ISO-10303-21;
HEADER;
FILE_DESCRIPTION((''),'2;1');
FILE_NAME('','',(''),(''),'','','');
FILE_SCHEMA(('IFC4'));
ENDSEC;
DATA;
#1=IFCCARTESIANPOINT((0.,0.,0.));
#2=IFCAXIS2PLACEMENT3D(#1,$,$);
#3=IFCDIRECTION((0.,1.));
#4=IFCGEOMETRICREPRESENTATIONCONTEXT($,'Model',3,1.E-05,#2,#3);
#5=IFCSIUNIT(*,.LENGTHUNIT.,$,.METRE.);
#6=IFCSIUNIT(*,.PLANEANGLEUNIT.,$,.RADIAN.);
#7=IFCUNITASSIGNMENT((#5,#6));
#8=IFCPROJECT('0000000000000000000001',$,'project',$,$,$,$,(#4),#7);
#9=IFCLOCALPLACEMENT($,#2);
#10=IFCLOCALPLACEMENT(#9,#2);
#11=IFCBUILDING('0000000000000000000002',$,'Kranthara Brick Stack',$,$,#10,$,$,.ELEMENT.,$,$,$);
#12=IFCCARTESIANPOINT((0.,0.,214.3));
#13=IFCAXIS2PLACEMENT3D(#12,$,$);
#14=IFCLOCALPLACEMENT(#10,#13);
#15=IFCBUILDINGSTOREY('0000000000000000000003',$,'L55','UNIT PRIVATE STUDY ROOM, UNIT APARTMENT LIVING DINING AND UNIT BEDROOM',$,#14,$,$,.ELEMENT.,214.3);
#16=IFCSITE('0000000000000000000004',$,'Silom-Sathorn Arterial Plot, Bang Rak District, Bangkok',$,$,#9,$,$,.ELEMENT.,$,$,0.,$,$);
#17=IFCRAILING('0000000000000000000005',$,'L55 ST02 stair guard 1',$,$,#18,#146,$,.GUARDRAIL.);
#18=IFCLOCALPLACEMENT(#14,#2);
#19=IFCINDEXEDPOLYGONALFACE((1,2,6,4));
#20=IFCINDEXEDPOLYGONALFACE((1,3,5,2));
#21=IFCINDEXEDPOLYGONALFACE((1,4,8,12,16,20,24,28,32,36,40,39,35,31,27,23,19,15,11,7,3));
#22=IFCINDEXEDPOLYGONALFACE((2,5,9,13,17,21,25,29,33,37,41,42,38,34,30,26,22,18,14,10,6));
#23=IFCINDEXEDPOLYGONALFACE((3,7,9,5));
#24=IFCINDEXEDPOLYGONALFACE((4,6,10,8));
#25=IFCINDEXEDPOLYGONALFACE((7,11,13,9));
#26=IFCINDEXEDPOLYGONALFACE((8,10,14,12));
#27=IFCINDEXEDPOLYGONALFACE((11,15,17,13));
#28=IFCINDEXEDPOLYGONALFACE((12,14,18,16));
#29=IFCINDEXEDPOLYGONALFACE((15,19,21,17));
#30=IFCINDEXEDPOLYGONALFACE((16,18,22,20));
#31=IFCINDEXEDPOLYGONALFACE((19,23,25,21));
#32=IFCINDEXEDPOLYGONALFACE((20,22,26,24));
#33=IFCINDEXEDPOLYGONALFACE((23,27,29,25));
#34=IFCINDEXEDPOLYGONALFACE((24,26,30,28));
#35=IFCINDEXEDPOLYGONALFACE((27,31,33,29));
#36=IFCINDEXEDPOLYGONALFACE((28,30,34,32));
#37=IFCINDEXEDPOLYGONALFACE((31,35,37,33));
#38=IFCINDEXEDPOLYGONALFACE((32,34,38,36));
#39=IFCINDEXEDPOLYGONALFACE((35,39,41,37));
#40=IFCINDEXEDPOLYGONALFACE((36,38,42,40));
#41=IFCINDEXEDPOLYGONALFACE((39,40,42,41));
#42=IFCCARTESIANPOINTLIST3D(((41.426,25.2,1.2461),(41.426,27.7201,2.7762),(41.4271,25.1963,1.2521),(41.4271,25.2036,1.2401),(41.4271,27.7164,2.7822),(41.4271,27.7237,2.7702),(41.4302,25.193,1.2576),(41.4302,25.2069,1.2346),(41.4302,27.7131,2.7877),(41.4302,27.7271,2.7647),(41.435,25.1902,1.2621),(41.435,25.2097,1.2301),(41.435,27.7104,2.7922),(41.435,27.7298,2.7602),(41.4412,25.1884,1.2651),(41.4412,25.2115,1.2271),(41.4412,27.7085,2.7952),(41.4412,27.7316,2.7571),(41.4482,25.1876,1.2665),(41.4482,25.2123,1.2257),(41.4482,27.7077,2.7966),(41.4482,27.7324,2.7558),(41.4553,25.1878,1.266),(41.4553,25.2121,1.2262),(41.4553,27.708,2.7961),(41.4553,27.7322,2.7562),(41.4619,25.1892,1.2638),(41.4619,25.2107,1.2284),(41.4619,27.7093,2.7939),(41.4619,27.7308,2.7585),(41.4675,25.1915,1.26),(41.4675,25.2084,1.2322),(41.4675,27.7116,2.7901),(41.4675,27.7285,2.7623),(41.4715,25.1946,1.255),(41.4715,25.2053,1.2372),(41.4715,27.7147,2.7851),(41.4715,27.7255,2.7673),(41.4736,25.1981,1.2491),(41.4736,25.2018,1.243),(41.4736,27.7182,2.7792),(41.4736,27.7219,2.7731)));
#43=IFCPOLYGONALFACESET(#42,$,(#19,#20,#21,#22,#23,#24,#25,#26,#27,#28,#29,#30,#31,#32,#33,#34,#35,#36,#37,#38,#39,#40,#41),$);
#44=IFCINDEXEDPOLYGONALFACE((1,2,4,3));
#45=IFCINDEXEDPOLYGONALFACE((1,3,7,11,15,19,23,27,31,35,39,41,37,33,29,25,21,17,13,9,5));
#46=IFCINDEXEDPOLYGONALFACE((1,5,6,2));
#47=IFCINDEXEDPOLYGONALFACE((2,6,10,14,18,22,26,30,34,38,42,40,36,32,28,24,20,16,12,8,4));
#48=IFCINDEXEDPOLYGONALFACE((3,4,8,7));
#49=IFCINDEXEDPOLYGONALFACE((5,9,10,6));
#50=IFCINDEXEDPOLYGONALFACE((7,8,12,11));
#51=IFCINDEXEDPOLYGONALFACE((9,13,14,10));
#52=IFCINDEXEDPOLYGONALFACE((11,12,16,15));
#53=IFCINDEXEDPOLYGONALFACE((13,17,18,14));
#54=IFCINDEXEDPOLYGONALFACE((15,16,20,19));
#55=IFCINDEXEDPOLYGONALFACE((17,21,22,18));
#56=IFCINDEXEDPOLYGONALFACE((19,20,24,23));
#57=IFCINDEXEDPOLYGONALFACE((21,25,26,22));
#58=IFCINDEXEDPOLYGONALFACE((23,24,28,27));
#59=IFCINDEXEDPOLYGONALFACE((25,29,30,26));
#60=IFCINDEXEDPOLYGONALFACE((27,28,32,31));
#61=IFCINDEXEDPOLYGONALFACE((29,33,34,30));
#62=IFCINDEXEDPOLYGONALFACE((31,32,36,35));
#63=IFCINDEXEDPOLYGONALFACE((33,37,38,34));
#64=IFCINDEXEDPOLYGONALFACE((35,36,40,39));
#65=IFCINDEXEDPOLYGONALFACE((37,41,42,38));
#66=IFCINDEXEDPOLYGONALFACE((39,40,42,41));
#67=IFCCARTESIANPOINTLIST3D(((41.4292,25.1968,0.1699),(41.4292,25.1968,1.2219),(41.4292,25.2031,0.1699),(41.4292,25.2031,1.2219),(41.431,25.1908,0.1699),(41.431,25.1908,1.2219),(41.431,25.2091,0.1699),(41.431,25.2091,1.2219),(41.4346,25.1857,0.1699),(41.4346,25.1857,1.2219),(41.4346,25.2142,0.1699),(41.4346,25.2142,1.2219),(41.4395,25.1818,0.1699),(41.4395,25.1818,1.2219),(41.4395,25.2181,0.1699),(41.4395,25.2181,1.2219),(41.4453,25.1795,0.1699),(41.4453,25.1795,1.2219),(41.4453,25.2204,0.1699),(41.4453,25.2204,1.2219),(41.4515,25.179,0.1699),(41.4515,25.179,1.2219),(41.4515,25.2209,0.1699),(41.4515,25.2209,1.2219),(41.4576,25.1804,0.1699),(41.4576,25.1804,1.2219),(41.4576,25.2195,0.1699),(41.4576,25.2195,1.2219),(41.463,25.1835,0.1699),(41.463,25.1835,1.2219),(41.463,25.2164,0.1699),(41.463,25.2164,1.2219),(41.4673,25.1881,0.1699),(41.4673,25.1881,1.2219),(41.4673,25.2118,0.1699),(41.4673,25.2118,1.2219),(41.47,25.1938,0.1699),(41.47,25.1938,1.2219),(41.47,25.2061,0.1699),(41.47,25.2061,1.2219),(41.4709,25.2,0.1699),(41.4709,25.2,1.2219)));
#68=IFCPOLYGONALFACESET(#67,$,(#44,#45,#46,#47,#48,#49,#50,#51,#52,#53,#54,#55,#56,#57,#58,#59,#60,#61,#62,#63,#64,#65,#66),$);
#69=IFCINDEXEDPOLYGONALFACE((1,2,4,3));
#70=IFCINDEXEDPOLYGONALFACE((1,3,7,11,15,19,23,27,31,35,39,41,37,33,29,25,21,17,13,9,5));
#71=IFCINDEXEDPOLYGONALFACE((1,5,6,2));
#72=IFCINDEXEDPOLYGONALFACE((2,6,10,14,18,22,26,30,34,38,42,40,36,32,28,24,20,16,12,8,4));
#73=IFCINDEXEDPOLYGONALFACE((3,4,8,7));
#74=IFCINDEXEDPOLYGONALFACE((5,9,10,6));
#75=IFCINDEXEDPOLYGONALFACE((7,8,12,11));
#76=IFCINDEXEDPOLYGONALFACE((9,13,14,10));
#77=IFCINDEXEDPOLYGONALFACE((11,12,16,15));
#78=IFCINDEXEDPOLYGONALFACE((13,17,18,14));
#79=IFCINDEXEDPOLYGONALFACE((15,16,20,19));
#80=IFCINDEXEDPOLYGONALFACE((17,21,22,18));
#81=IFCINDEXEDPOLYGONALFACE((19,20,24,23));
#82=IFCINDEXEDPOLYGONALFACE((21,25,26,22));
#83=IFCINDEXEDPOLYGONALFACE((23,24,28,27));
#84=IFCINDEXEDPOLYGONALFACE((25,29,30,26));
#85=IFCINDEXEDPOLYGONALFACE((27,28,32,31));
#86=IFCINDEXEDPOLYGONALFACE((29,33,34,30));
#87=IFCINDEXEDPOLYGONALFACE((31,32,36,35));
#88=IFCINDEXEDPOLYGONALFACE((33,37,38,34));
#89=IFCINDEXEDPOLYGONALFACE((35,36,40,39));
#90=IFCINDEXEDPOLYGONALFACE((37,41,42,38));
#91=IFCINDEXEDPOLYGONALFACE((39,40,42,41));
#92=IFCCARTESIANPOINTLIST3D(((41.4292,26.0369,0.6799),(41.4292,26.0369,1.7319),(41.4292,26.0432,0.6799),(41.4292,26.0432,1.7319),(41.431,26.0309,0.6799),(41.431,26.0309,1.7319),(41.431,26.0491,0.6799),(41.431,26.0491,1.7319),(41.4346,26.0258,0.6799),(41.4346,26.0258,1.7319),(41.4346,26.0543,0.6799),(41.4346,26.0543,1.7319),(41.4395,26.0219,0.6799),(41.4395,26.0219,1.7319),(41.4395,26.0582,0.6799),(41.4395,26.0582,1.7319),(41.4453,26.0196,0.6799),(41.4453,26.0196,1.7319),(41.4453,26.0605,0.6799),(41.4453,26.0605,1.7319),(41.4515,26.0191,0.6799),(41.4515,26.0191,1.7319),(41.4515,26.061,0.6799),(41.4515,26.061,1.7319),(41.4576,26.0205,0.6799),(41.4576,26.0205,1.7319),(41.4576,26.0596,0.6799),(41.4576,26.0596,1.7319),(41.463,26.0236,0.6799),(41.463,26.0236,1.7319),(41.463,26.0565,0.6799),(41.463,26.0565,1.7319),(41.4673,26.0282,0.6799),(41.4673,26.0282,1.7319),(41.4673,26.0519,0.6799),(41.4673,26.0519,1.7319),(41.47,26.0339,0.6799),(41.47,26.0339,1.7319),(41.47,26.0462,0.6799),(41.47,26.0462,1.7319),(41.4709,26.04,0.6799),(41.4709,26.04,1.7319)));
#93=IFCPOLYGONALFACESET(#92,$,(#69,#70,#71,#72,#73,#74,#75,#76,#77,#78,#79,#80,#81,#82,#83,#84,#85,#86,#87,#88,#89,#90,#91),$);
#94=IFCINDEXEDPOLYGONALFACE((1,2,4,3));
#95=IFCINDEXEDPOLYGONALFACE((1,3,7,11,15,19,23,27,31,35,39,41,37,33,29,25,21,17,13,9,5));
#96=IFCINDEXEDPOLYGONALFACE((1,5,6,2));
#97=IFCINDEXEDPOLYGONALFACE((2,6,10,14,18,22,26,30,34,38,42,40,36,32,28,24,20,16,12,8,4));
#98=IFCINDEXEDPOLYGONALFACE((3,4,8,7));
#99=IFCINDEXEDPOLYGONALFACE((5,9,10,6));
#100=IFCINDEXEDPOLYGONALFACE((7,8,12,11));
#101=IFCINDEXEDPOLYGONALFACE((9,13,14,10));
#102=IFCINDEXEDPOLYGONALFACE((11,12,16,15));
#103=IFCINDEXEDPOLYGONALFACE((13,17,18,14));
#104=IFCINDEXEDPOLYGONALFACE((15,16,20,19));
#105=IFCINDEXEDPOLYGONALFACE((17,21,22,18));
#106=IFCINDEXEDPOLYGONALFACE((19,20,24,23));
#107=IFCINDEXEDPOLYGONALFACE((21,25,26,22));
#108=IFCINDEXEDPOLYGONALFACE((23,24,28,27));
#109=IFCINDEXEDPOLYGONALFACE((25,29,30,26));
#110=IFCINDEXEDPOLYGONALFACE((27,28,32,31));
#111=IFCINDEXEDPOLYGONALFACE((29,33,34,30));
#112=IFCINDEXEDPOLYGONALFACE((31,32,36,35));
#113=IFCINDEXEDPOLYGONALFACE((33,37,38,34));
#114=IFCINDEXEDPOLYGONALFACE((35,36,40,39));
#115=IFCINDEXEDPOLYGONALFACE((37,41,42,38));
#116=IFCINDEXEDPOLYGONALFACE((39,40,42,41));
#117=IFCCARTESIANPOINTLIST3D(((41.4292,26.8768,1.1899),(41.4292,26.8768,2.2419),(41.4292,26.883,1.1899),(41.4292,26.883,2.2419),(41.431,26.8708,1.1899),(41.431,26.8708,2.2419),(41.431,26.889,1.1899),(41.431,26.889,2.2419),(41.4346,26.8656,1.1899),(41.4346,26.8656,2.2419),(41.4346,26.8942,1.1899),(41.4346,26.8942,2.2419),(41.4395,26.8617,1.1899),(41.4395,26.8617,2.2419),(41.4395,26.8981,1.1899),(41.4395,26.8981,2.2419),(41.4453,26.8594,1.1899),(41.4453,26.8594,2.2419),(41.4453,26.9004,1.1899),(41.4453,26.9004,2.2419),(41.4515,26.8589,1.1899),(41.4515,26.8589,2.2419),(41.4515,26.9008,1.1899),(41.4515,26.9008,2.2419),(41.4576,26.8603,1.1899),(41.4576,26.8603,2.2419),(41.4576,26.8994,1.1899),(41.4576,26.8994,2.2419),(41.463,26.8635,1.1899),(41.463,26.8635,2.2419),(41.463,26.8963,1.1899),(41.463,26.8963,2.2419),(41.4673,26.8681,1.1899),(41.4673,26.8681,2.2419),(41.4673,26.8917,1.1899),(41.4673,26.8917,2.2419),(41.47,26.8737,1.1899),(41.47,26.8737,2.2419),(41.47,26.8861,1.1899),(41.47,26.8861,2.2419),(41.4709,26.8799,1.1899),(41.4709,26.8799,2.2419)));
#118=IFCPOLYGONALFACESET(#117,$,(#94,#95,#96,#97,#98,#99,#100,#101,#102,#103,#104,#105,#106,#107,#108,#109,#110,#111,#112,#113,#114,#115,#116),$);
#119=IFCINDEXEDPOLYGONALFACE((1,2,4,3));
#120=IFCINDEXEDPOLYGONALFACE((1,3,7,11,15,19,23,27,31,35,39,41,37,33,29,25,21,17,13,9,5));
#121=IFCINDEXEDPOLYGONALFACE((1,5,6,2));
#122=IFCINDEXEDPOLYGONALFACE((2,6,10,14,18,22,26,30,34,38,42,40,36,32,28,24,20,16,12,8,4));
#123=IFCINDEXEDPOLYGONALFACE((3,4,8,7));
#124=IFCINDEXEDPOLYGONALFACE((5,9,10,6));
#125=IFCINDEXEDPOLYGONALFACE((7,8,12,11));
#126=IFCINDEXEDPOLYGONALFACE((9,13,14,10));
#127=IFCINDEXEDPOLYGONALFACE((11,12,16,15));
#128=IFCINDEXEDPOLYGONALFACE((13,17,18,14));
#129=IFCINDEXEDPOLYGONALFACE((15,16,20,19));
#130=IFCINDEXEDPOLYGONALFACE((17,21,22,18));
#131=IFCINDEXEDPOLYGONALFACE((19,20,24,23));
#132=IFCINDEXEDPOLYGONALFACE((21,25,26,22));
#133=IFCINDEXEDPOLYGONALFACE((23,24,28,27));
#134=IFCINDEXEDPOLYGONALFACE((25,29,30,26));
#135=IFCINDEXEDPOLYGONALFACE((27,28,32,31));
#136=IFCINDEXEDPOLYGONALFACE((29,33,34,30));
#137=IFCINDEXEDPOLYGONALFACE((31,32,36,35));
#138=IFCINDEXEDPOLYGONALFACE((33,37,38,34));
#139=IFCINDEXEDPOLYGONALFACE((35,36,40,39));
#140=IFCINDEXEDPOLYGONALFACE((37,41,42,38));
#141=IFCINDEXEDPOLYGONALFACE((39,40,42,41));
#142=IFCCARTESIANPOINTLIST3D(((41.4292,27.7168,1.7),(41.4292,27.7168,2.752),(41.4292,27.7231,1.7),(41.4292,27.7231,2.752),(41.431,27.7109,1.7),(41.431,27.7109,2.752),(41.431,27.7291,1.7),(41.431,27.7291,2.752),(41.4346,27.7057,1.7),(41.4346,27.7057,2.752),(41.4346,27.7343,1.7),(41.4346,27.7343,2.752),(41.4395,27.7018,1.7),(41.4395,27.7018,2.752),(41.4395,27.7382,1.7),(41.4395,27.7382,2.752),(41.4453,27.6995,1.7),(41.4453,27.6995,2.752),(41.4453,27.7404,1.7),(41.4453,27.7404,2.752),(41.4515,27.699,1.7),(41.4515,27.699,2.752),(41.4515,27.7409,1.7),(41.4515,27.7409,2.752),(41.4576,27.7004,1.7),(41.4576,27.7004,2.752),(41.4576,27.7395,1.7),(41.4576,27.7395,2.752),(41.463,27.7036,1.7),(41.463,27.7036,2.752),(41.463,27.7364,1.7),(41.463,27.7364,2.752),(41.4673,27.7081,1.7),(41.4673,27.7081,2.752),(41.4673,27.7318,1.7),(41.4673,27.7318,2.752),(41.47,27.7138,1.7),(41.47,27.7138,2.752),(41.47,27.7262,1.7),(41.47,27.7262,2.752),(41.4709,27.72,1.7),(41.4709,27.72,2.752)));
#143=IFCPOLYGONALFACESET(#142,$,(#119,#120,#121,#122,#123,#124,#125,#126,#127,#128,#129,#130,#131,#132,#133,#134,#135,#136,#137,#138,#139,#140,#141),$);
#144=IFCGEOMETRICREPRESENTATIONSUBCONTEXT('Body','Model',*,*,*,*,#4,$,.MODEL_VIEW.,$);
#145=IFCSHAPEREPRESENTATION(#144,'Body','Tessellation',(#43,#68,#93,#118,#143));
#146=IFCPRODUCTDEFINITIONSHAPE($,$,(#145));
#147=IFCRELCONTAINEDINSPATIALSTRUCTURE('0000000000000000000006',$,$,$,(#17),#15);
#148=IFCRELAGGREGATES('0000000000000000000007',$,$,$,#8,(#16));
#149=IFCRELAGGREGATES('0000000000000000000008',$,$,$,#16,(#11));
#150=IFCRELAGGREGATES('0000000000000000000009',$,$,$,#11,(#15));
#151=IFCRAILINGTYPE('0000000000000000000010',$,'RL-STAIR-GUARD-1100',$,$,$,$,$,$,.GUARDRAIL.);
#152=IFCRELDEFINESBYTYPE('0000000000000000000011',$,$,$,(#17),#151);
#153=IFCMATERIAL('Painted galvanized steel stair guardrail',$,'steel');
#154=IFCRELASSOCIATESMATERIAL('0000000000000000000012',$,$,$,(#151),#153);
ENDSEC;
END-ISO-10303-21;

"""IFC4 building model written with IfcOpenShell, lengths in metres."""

from ifc_helpers import new_model, si_unit, direction, frame, origin, origin_2d, place, context, subcontext, project, spatial, circle, extrude, material, type_object, element, save


model = new_model("IFC4")

# Units and contexts
model_context = context("Model", 3, precision=1e-05, world=origin(), true_north=direction((0.0, 1.0)))
body_context = subcontext(model_context, "Body", "Model", "MODEL_VIEW")
ifc_project = project(units=[si_unit("LENGTHUNIT", "METRE"), si_unit("PLANEANGLEUNIT", "RADIAN")], contexts=[model_context])

# Site, building, storey
site_placement = place(None, origin())
site = spatial("IfcSite", under=ifc_project, at=site_placement, Name="Silom-Sathorn Arterial Plot, Bang Rak District, Bangkok", CompositionType="ELEMENT", RefElevation=0.0)
building_placement = place(site_placement, origin())
building = spatial("IfcBuilding", under=site, at=building_placement, Name="Kranthara Brick Stack", CompositionType="ELEMENT")
storey_placement = place(building_placement, frame((0.0, 0.0, 214.3)))
storey = spatial("IfcBuildingStorey", under=building, at=storey_placement, Name="L55", Description="UNIT PRIVATE STUDY ROOM, UNIT APARTMENT LIVING DINING AND UNIT BEDROOM", CompositionType="ELEMENT", Elevation=214.3)

# Railing
ifc_material_1 = material(Name="Painted galvanized steel stair guardrail", Category="steel")
railing_type_1 = type_object("IfcRailingType", Name="RL-STAIR-GUARD-1100", PredefinedType="GUARDRAIL", material=ifc_material_1)
railing_1_placement = place(storey_placement, frame((41.45, 25.2, 0.1699)))
element("IfcRailing", 1, at=railing_1_placement, inside=storey, type_object=railing_type_1, Name="L55 ST02 stair guard 1", PredefinedType="GUARDRAIL", context=body_context, shape_type="SweptSolid", body=[
    extrude(circle(Radius=0.0239, at=origin_2d()), frame((0.0, 0.0, 1.0762), z_axis=(0.0, 0.854785, 0.518982), x_axis=(-1.0, 0.0, 0.0)), (0.0, 0.0, 1.0), 2.9482),
    extrude(circle(Radius=0.021, at=origin_2d()), origin(), (0.0, 0.0, 1.0), 1.052),
    extrude(circle(Radius=0.021, at=origin_2d()), frame((0.0, 0.8401, 0.51)), (0.0, 0.0, 1.0), 1.052),
    extrude(circle(Radius=0.021, at=origin_2d()), frame((0.0, 1.6799, 1.02)), (0.0, 0.0, 1.0), 1.052),
    extrude(circle(Radius=0.021, at=origin_2d()), frame((0.0, 2.52, 1.53)), (0.0, 0.0, 1.0), 1.052),
])

save(model, "model.ifc")
